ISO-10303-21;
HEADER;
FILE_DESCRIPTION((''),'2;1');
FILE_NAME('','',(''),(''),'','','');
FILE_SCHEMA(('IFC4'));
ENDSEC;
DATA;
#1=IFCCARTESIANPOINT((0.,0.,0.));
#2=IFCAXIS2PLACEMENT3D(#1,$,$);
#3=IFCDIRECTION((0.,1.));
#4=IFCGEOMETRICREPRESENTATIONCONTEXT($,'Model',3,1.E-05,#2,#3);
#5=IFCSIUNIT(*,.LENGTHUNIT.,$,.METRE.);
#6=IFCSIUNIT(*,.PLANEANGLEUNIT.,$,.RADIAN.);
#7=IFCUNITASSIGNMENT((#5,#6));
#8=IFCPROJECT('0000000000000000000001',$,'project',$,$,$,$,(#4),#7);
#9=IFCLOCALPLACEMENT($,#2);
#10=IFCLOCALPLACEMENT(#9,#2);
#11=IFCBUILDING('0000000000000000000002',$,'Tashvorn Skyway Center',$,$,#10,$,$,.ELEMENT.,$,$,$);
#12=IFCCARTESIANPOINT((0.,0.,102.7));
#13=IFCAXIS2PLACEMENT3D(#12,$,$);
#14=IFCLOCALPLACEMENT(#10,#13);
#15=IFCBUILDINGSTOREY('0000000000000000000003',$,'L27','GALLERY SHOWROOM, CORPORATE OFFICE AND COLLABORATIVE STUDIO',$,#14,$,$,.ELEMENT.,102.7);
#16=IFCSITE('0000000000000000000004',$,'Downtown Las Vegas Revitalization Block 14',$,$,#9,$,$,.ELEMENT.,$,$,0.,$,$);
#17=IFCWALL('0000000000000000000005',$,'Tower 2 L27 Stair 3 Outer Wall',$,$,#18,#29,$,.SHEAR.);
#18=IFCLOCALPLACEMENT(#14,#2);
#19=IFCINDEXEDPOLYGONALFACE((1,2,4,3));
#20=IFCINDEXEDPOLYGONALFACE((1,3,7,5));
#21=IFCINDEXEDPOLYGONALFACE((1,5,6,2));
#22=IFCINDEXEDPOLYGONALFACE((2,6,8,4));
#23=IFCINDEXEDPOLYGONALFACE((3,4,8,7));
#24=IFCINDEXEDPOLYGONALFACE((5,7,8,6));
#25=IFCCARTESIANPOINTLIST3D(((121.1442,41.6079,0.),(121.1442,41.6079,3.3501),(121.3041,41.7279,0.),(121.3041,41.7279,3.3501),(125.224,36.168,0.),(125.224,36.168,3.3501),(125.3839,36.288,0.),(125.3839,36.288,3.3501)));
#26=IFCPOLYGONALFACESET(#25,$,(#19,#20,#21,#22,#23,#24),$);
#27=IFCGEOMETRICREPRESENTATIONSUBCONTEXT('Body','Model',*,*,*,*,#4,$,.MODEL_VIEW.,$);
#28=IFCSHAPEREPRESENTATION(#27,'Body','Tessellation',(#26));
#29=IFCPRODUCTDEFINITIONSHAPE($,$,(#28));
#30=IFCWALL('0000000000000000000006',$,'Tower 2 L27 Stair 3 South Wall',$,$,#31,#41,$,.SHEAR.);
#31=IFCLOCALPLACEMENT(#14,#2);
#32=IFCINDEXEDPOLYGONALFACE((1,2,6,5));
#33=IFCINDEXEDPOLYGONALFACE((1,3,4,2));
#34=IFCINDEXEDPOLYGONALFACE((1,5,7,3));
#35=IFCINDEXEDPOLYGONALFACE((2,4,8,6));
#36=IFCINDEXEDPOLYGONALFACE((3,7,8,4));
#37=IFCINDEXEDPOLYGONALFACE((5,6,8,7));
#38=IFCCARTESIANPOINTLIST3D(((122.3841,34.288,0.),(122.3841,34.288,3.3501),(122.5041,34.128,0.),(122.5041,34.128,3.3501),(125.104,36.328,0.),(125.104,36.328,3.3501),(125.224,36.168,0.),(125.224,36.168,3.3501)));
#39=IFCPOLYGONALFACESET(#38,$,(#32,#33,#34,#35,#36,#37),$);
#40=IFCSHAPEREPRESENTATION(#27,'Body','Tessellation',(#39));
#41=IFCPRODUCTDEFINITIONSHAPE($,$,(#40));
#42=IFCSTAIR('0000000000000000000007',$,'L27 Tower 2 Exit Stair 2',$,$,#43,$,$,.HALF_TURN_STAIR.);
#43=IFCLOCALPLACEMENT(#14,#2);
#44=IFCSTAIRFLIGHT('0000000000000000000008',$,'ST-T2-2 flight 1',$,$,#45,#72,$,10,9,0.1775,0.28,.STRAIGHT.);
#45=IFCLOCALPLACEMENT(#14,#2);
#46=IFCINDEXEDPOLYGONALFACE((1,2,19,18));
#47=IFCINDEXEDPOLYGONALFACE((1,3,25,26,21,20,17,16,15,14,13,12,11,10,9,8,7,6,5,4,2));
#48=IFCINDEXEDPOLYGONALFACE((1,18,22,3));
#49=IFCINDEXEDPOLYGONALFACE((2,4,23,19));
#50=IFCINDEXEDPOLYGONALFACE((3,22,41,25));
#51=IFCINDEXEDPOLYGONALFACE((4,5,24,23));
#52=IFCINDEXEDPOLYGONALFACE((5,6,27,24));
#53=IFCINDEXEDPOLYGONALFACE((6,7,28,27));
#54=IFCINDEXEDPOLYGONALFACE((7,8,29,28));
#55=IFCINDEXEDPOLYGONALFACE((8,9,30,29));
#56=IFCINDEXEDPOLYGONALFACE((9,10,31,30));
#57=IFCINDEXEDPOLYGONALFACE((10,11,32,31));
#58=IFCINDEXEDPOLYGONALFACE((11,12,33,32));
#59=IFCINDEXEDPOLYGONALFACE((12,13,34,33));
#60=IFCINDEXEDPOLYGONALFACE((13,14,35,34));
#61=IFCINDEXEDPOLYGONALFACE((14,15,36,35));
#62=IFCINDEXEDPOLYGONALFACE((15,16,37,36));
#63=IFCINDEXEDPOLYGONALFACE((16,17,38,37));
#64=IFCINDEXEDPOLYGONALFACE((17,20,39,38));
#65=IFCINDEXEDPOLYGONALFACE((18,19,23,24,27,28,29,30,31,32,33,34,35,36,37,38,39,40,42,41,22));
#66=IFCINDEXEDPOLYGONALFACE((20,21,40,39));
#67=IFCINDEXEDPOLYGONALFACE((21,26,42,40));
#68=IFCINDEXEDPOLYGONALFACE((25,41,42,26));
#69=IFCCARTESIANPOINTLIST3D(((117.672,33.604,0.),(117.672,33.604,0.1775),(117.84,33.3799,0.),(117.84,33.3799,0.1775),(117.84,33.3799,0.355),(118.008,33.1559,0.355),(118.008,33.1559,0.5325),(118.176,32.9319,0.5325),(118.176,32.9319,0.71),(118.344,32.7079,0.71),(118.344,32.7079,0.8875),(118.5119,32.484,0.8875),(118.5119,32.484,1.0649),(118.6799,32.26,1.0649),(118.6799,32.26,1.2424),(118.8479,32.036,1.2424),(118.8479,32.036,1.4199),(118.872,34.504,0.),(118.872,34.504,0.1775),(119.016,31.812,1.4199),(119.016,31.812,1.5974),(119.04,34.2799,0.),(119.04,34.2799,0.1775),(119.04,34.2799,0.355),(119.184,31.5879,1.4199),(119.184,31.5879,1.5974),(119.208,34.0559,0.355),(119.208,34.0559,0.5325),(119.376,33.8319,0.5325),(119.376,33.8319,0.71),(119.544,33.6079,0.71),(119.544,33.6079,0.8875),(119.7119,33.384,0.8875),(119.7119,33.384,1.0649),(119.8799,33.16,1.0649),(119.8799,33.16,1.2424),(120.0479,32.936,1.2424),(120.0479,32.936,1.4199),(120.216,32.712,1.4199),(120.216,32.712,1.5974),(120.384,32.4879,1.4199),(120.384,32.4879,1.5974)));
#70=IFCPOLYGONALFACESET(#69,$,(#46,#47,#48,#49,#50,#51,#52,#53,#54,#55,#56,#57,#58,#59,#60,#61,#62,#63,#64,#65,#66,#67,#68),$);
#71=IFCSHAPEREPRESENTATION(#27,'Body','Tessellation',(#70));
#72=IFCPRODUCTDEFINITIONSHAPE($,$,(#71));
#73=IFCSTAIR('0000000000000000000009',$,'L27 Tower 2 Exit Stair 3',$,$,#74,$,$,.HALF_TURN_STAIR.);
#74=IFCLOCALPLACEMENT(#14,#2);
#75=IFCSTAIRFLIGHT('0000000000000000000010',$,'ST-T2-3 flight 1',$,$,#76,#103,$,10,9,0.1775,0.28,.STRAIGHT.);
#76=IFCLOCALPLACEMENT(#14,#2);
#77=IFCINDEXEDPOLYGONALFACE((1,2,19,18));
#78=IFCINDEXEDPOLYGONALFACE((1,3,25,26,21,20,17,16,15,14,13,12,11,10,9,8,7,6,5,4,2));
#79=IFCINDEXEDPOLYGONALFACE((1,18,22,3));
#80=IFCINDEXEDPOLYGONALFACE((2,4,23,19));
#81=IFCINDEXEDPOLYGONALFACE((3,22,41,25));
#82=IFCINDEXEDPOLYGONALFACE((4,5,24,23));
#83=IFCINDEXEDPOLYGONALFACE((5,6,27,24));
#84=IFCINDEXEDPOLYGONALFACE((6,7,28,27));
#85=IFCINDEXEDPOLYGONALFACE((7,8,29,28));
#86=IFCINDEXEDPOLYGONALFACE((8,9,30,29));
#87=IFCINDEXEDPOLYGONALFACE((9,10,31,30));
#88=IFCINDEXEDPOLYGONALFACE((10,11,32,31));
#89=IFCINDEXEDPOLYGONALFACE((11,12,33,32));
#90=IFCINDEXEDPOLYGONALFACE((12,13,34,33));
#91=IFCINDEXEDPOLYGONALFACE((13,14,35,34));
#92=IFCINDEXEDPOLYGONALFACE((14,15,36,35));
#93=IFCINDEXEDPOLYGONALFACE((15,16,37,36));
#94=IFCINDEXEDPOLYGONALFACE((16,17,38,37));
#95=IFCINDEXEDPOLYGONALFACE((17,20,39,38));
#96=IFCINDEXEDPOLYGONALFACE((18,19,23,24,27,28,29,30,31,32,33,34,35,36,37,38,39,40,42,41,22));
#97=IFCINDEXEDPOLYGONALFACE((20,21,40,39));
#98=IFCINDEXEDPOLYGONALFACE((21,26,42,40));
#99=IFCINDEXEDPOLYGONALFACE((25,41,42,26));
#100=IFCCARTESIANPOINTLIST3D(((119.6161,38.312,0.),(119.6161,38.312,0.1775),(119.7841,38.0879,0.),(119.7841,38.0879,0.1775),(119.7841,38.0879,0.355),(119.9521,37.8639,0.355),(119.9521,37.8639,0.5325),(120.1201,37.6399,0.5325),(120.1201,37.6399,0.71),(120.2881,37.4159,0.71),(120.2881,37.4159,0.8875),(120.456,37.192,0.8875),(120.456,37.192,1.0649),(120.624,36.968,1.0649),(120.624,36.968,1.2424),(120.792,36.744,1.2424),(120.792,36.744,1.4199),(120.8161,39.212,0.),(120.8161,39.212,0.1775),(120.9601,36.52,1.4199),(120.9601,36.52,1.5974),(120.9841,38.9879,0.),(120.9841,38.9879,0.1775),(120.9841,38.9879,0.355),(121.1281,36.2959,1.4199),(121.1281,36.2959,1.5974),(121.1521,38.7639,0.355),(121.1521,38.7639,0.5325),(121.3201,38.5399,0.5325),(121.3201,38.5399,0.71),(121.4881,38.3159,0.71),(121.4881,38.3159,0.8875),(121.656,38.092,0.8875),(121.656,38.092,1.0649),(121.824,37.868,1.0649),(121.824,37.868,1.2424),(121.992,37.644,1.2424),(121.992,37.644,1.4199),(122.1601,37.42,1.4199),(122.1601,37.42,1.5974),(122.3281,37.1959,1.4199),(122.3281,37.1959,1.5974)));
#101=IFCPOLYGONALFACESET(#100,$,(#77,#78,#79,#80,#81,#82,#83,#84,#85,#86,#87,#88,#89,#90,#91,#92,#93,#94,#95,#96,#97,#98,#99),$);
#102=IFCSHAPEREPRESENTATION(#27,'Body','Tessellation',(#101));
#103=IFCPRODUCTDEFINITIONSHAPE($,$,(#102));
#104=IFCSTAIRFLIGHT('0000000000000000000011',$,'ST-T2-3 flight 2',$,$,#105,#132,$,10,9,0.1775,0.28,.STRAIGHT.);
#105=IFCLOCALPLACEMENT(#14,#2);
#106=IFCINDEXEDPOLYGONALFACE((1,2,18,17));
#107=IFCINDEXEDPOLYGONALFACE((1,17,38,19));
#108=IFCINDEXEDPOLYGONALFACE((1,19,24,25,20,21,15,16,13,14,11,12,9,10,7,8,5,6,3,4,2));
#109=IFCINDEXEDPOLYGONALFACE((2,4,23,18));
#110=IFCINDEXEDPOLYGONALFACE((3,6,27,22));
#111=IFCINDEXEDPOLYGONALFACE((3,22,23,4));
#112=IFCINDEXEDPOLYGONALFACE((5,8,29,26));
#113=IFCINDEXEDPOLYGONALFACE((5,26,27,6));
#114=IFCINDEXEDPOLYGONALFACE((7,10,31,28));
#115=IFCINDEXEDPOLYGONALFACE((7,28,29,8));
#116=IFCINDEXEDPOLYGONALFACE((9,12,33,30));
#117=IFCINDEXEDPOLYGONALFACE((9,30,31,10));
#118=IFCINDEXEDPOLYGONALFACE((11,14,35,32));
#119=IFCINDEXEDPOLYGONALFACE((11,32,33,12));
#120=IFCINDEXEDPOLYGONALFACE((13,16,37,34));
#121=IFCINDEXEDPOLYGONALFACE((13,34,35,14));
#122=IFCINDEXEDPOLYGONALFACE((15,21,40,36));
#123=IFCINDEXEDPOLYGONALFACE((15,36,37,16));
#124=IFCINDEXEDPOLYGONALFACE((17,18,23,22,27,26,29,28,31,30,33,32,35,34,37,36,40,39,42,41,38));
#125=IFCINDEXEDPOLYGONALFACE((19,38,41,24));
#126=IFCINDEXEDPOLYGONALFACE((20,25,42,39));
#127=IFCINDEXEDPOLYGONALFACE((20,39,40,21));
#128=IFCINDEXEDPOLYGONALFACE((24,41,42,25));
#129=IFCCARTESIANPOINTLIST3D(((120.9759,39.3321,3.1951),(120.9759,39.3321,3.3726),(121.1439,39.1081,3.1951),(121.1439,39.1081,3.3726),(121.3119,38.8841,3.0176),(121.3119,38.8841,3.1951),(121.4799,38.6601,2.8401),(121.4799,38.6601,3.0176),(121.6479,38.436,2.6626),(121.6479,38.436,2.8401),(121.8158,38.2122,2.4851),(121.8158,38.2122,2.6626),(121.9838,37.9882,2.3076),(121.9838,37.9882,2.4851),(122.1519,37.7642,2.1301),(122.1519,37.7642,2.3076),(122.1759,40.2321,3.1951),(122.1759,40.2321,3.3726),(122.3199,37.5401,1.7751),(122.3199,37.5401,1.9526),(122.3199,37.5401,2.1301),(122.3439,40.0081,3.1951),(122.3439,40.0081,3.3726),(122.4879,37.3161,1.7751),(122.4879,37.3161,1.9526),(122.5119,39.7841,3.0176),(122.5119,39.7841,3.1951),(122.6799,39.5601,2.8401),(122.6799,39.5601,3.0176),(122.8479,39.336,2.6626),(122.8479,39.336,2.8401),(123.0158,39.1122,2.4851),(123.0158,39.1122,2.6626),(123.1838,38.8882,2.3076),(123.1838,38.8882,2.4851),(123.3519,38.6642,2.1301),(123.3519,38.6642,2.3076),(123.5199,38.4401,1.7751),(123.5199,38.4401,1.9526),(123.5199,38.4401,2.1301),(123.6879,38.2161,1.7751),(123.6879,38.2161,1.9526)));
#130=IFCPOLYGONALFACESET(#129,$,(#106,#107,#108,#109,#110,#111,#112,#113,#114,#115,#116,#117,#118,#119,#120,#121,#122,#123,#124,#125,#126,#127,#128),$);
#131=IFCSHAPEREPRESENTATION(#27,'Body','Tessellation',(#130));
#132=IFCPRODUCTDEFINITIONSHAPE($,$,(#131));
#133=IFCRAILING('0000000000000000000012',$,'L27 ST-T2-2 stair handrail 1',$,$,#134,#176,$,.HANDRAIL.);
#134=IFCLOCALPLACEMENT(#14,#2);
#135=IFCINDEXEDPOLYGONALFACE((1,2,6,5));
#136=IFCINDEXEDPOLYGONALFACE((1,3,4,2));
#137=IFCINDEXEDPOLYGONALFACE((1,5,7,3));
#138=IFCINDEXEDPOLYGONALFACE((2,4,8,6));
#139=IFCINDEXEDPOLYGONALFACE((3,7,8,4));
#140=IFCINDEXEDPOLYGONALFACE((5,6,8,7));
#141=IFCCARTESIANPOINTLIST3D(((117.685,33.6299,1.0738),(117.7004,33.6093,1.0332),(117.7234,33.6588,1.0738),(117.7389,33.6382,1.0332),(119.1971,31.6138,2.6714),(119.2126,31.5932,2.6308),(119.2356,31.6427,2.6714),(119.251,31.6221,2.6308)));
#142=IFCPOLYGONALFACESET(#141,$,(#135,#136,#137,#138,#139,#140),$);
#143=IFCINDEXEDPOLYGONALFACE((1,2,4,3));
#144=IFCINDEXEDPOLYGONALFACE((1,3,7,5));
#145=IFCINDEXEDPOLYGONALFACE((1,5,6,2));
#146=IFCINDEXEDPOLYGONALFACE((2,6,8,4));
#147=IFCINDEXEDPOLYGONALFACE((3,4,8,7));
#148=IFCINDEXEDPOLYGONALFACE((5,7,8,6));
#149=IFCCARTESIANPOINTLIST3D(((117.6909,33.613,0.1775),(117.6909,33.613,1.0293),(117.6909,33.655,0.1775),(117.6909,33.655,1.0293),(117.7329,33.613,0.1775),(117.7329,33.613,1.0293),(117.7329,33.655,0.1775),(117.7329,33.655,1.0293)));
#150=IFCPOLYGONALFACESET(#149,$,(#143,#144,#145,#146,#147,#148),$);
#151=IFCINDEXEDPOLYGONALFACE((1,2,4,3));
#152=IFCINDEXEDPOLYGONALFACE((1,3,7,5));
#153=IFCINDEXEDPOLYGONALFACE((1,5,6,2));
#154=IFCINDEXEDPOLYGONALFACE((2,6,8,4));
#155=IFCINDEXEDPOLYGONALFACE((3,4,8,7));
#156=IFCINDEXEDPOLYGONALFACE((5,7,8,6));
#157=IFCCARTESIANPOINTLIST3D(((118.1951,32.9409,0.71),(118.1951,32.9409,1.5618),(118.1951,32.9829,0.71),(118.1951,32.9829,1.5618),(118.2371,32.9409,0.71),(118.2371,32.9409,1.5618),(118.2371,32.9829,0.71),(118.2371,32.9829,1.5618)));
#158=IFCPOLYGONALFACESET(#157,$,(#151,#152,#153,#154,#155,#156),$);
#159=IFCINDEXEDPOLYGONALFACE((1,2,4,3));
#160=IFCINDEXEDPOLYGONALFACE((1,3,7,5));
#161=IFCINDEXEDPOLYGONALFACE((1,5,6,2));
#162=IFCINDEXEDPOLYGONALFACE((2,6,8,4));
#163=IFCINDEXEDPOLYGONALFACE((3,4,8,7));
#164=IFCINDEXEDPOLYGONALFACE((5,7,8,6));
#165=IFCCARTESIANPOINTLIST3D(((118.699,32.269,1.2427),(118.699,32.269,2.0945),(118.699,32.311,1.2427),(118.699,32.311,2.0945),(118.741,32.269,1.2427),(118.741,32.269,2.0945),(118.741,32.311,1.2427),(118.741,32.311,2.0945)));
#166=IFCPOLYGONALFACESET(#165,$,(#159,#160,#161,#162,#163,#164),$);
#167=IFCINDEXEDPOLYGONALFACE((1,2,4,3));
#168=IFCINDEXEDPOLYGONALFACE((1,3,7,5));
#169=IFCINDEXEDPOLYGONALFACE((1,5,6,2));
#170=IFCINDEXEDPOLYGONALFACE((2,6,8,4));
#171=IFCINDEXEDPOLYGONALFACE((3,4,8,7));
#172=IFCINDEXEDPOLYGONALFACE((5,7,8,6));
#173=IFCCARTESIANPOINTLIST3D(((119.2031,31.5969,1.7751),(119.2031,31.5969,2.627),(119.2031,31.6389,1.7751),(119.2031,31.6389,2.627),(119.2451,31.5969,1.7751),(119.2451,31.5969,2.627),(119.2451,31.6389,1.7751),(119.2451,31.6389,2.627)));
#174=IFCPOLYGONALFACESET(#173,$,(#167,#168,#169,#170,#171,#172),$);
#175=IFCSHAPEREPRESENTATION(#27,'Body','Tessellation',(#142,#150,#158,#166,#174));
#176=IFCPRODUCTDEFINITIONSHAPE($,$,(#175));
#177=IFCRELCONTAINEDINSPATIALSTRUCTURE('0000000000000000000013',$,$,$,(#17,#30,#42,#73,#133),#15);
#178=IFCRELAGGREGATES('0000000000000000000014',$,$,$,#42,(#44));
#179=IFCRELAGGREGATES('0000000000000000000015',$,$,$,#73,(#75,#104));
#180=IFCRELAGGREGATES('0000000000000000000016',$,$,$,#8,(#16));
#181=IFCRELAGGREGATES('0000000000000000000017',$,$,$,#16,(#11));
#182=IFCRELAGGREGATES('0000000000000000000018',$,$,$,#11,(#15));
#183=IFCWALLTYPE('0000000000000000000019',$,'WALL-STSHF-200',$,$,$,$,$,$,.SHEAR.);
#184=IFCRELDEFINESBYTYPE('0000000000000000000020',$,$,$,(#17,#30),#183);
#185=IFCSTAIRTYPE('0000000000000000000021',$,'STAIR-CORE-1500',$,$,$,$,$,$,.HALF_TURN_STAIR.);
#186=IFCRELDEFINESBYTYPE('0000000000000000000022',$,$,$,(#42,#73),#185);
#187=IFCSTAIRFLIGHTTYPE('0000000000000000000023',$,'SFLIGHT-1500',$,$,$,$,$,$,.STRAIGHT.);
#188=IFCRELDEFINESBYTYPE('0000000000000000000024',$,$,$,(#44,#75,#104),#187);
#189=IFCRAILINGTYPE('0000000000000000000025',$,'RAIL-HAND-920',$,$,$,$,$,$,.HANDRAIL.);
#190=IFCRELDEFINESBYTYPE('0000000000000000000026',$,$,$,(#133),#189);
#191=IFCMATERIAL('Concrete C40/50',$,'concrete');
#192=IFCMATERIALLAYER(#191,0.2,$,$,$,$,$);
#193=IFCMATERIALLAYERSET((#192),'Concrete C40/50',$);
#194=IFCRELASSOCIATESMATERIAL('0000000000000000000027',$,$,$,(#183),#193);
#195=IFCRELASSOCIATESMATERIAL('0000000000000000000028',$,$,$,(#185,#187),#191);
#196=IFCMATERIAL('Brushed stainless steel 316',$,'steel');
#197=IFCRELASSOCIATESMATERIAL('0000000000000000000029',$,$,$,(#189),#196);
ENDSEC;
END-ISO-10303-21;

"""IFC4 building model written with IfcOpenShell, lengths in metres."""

from ifc_helpers import new_model, si_unit, direction, frame, frame_2d, origin, origin_2d, place, context, subcontext, project, spatial, polyline, rectangle, outline, extrude, material, layer, layer_set, type_object, element, aggregate, save


model = new_model("IFC4")

# Units and contexts
model_context = context("Model", 3, precision=1e-05, world=origin(), true_north=direction((0.0, 1.0)))
body_context = subcontext(model_context, "Body", "Model", "MODEL_VIEW")
ifc_project = project(units=[si_unit("LENGTHUNIT", "METRE"), si_unit("PLANEANGLEUNIT", "RADIAN")], contexts=[model_context])

# Site, building, storey
site_placement = place(None, origin())
site = spatial("IfcSite", under=ifc_project, at=site_placement, Name="Downtown Las Vegas Revitalization Block 14", CompositionType="ELEMENT", RefElevation=0.0)
building_placement = place(site_placement, origin())
building = spatial("IfcBuilding", under=site, at=building_placement, Name="Tashvorn Skyway Center", CompositionType="ELEMENT")
storey_placement = place(building_placement, frame((0.0, 0.0, 102.7)))
storey = spatial("IfcBuildingStorey", under=building, at=storey_placement, Name="L27", Description="GALLERY SHOWROOM, CORPORATE OFFICE AND COLLABORATIVE STUDIO", CompositionType="ELEMENT", Elevation=102.7)

# Shared definitions
ifc_material_1 = material(Name="Concrete C40/50", Category="concrete")

# Shared definitions
ifc_layer_1 = layer(ifc_material_1, 0.2)
ifc_layer_set_1 = layer_set([ifc_layer_1], Name="Concrete C40/50")
wall_type_1 = type_object("IfcWallType", Name="WALL-STSHF-200", PredefinedType="SHEAR", material=ifc_layer_set_1)

# Walls
wall_1_placement = place(storey_placement, frame((125.304, 36.228, 0.0), z_axis=(0.0, 0.0, 1.0), x_axis=(-0.599989, 0.800009, 0.0)))
element("IfcWall", 1, at=wall_1_placement, inside=storey, type_object=wall_type_1, Name="Tower 2 L27 Stair 3 Outer Wall", PredefinedType="SHEAR", context=body_context, shape_type="SweptSolid", body=[
    extrude(rectangle(XDim=6.7998, YDim=0.2, at=frame_2d((3.3999, 0.0))), origin(), (0.0, 0.0, 1.0), 3.3501),
])
wall_2_placement = place(storey_placement, frame((122.4441, 34.208, 0.0), z_axis=(0.0, 0.0, 1.0), x_axis=(0.799991, 0.600011, 0.0)))
element("IfcWall", 2, at=wall_2_placement, inside=storey, type_object=wall_type_1, Name="Tower 2 L27 Stair 3 South Wall", PredefinedType="SHEAR", context=body_context, shape_type="SweptSolid", body=[
    extrude(rectangle(XDim=3.3999, YDim=0.2, at=frame_2d((1.7, 0.0))), origin(), (0.0, 0.0, 1.0), 3.3501),
])

# Stair, stair flight
stair_type = type_object("IfcStairType", Name="STAIR-CORE-1500", PredefinedType="HALF_TURN_STAIR", material=ifc_material_1)
stair_1_placement = place(storey_placement, origin())
stair_1 = element("IfcStair", 3, at=stair_1_placement, inside=storey, type_object=stair_type, Name="L27 Tower 2 Exit Stair 2", PredefinedType="HALF_TURN_STAIR")
stair_flight_type = type_object("IfcStairFlightType", Name="SFLIGHT-1500", PredefinedType="STRAIGHT", material=ifc_material_1)
stair_flight_1_placement = place(storey_placement, frame((118.272, 34.054, 0.0), z_axis=(0.0, 0.0, 1.0), x_axis=(0.6, -0.8, 0.0)))
stair_flight_1 = element("IfcStairFlight", 4, at=stair_flight_1_placement, type_object=stair_flight_type, Name="ST-T2-2 flight 1", NumberOfRisers=10, NumberOfTreads=9, PredefinedType="STRAIGHT", RiserHeight=0.1775, TreadLength=0.28, context=body_context, shape_type="SweptSolid", body=[
    extrude(outline(polyline([(0.0, 0.0), (0.0, 0.1775), (0.28, 0.1775), (0.28, 0.355), (0.5601, 0.355), (0.5601, 0.5325), (0.8401, 0.5325), (0.8401, 0.71), (1.1201, 0.71), (1.1201, 0.8875), (1.3999, 0.8875), (1.3999, 1.0649), (1.6799, 1.0649), (1.6799, 1.2424), (1.96, 1.2424), (1.96, 1.4199), (2.24, 1.4199), (2.24, 1.5974), (2.52, 1.5974), (2.52, 1.7749), (2.52, 1.4199), (0.28, 0.0), (0.0, 0.0)])), frame((0.0, 0.75, 0.0), z_axis=(0.0, -1.0, 0.0), x_axis=(1.0, 0.0, 0.0)), (0.0, 0.0, 1.0), 1.5),
])
aggregate(stair_1, [stair_flight_1])

# Stair, stair flights
stair_2_placement = place(storey_placement, origin())
stair_2 = element("IfcStair", 5, at=stair_2_placement, inside=storey, type_object=stair_type, Name="L27 Tower 2 Exit Stair 3", PredefinedType="HALF_TURN_STAIR")
stair_flight_2_placement = place(storey_placement, frame((120.2161, 38.762, 0.0), z_axis=(0.0, 0.0, 1.0), x_axis=(0.6, -0.8, 0.0)))
stair_flight_2 = element("IfcStairFlight", 6, at=stair_flight_2_placement, type_object=stair_flight_type, Name="ST-T2-3 flight 1", NumberOfRisers=10, NumberOfTreads=9, PredefinedType="STRAIGHT", RiserHeight=0.1775, TreadLength=0.28, context=body_context, shape_type="SweptSolid", body=[
    extrude(outline(polyline([(0.0, 0.0), (0.0, 0.1775), (0.28, 0.1775), (0.28, 0.355), (0.5601, 0.355), (0.5601, 0.5325), (0.8401, 0.5325), (0.8401, 0.71), (1.1201, 0.71), (1.1201, 0.8875), (1.3999, 0.8875), (1.3999, 1.0649), (1.6799, 1.0649), (1.6799, 1.2424), (1.96, 1.2424), (1.96, 1.4199), (2.24, 1.4199), (2.24, 1.5974), (2.52, 1.5974), (2.52, 1.7749), (2.52, 1.4199), (0.28, 0.0), (0.0, 0.0)])), frame((0.0, 0.75, 0.0), z_axis=(0.0, -1.0, 0.0), x_axis=(1.0, 0.0, 0.0)), (0.0, 0.0, 1.0), 1.5),
])
stair_flight_3_placement = place(storey_placement, frame((123.0879, 37.7661, 1.7751), z_axis=(0.0, 0.0, 1.0), x_axis=(-0.6, 0.8, 0.0)))
stair_flight_3 = element("IfcStairFlight", 7, at=stair_flight_3_placement, type_object=stair_flight_type, Name="ST-T2-3 flight 2", NumberOfRisers=10, NumberOfTreads=9, PredefinedType="STRAIGHT", RiserHeight=0.1775, TreadLength=0.28, context=body_context, shape_type="SweptSolid", body=[
    extrude(outline(polyline([(0.0, 0.0), (0.0, 0.1775), (0.28, 0.1775), (0.28, 0.355), (0.5601, 0.355), (0.5601, 0.5325), (0.8401, 0.5325), (0.8401, 0.71), (1.1201, 0.71), (1.1201, 0.8875), (1.3999, 0.8875), (1.3999, 1.0649), (1.6799, 1.0649), (1.6799, 1.2424), (1.96, 1.2424), (1.96, 1.4199), (2.24, 1.4199), (2.24, 1.5974), (2.52, 1.5974), (2.52, 1.7749), (2.52, 1.4199), (0.28, 0.0), (0.0, 0.0)])), frame((0.0, 0.75, 0.0), z_axis=(0.0, -1.0, 0.0), x_axis=(1.0, 0.0, 0.0)), (0.0, 0.0, 1.0), 1.5),
])
aggregate(stair_2, [stair_flight_2, stair_flight_3])

# Railing
ifc_material_2 = material(Name="Brushed stainless steel 316", Category="steel")
railing_type_1 = type_object("IfcRailingType", Name="RAIL-HAND-920", PredefinedType="HANDRAIL", material=ifc_material_2)
railing_1_placement = place(storey_placement, frame((117.7119, 33.634, 0.1775)))
element("IfcRailing", 8, at=railing_1_placement, inside=storey, type_object=railing_type_1, Name="L27 ST-T2-2 stair handrail 1", PredefinedType="HANDRAIL", context=body_context, shape_type="SweptSolid", body=[
    extrude(rectangle(XDim=0.0481, YDim=0.0481, at=origin_2d()), frame((0.0, 0.0, 0.876), z_axis=(0.506779, -0.675651, 0.535416), x_axis=(0.799977, 0.600031, 0.0)), (0.0, 0.0, 1.0), 2.9839),
    extrude(rectangle(XDim=0.042, YDim=0.042, at=origin_2d()), origin(), (0.0, 0.0, 1.0), 0.8518),
    extrude(rectangle(XDim=0.042, YDim=0.042, at=origin_2d()), frame((0.5042, -0.6721, 0.5325)), (0.0, 0.0, 1.0), 0.8518),
    extrude(rectangle(XDim=0.042, YDim=0.042, at=origin_2d()), frame((1.0081, -1.344, 1.0652)), (0.0, 0.0, 1.0), 0.8518),
    extrude(rectangle(XDim=0.042, YDim=0.042, at=origin_2d()), frame((1.5122, -2.0161, 1.5977)), (0.0, 0.0, 1.0), 0.8518),
])

save(model, "model.ifc")
